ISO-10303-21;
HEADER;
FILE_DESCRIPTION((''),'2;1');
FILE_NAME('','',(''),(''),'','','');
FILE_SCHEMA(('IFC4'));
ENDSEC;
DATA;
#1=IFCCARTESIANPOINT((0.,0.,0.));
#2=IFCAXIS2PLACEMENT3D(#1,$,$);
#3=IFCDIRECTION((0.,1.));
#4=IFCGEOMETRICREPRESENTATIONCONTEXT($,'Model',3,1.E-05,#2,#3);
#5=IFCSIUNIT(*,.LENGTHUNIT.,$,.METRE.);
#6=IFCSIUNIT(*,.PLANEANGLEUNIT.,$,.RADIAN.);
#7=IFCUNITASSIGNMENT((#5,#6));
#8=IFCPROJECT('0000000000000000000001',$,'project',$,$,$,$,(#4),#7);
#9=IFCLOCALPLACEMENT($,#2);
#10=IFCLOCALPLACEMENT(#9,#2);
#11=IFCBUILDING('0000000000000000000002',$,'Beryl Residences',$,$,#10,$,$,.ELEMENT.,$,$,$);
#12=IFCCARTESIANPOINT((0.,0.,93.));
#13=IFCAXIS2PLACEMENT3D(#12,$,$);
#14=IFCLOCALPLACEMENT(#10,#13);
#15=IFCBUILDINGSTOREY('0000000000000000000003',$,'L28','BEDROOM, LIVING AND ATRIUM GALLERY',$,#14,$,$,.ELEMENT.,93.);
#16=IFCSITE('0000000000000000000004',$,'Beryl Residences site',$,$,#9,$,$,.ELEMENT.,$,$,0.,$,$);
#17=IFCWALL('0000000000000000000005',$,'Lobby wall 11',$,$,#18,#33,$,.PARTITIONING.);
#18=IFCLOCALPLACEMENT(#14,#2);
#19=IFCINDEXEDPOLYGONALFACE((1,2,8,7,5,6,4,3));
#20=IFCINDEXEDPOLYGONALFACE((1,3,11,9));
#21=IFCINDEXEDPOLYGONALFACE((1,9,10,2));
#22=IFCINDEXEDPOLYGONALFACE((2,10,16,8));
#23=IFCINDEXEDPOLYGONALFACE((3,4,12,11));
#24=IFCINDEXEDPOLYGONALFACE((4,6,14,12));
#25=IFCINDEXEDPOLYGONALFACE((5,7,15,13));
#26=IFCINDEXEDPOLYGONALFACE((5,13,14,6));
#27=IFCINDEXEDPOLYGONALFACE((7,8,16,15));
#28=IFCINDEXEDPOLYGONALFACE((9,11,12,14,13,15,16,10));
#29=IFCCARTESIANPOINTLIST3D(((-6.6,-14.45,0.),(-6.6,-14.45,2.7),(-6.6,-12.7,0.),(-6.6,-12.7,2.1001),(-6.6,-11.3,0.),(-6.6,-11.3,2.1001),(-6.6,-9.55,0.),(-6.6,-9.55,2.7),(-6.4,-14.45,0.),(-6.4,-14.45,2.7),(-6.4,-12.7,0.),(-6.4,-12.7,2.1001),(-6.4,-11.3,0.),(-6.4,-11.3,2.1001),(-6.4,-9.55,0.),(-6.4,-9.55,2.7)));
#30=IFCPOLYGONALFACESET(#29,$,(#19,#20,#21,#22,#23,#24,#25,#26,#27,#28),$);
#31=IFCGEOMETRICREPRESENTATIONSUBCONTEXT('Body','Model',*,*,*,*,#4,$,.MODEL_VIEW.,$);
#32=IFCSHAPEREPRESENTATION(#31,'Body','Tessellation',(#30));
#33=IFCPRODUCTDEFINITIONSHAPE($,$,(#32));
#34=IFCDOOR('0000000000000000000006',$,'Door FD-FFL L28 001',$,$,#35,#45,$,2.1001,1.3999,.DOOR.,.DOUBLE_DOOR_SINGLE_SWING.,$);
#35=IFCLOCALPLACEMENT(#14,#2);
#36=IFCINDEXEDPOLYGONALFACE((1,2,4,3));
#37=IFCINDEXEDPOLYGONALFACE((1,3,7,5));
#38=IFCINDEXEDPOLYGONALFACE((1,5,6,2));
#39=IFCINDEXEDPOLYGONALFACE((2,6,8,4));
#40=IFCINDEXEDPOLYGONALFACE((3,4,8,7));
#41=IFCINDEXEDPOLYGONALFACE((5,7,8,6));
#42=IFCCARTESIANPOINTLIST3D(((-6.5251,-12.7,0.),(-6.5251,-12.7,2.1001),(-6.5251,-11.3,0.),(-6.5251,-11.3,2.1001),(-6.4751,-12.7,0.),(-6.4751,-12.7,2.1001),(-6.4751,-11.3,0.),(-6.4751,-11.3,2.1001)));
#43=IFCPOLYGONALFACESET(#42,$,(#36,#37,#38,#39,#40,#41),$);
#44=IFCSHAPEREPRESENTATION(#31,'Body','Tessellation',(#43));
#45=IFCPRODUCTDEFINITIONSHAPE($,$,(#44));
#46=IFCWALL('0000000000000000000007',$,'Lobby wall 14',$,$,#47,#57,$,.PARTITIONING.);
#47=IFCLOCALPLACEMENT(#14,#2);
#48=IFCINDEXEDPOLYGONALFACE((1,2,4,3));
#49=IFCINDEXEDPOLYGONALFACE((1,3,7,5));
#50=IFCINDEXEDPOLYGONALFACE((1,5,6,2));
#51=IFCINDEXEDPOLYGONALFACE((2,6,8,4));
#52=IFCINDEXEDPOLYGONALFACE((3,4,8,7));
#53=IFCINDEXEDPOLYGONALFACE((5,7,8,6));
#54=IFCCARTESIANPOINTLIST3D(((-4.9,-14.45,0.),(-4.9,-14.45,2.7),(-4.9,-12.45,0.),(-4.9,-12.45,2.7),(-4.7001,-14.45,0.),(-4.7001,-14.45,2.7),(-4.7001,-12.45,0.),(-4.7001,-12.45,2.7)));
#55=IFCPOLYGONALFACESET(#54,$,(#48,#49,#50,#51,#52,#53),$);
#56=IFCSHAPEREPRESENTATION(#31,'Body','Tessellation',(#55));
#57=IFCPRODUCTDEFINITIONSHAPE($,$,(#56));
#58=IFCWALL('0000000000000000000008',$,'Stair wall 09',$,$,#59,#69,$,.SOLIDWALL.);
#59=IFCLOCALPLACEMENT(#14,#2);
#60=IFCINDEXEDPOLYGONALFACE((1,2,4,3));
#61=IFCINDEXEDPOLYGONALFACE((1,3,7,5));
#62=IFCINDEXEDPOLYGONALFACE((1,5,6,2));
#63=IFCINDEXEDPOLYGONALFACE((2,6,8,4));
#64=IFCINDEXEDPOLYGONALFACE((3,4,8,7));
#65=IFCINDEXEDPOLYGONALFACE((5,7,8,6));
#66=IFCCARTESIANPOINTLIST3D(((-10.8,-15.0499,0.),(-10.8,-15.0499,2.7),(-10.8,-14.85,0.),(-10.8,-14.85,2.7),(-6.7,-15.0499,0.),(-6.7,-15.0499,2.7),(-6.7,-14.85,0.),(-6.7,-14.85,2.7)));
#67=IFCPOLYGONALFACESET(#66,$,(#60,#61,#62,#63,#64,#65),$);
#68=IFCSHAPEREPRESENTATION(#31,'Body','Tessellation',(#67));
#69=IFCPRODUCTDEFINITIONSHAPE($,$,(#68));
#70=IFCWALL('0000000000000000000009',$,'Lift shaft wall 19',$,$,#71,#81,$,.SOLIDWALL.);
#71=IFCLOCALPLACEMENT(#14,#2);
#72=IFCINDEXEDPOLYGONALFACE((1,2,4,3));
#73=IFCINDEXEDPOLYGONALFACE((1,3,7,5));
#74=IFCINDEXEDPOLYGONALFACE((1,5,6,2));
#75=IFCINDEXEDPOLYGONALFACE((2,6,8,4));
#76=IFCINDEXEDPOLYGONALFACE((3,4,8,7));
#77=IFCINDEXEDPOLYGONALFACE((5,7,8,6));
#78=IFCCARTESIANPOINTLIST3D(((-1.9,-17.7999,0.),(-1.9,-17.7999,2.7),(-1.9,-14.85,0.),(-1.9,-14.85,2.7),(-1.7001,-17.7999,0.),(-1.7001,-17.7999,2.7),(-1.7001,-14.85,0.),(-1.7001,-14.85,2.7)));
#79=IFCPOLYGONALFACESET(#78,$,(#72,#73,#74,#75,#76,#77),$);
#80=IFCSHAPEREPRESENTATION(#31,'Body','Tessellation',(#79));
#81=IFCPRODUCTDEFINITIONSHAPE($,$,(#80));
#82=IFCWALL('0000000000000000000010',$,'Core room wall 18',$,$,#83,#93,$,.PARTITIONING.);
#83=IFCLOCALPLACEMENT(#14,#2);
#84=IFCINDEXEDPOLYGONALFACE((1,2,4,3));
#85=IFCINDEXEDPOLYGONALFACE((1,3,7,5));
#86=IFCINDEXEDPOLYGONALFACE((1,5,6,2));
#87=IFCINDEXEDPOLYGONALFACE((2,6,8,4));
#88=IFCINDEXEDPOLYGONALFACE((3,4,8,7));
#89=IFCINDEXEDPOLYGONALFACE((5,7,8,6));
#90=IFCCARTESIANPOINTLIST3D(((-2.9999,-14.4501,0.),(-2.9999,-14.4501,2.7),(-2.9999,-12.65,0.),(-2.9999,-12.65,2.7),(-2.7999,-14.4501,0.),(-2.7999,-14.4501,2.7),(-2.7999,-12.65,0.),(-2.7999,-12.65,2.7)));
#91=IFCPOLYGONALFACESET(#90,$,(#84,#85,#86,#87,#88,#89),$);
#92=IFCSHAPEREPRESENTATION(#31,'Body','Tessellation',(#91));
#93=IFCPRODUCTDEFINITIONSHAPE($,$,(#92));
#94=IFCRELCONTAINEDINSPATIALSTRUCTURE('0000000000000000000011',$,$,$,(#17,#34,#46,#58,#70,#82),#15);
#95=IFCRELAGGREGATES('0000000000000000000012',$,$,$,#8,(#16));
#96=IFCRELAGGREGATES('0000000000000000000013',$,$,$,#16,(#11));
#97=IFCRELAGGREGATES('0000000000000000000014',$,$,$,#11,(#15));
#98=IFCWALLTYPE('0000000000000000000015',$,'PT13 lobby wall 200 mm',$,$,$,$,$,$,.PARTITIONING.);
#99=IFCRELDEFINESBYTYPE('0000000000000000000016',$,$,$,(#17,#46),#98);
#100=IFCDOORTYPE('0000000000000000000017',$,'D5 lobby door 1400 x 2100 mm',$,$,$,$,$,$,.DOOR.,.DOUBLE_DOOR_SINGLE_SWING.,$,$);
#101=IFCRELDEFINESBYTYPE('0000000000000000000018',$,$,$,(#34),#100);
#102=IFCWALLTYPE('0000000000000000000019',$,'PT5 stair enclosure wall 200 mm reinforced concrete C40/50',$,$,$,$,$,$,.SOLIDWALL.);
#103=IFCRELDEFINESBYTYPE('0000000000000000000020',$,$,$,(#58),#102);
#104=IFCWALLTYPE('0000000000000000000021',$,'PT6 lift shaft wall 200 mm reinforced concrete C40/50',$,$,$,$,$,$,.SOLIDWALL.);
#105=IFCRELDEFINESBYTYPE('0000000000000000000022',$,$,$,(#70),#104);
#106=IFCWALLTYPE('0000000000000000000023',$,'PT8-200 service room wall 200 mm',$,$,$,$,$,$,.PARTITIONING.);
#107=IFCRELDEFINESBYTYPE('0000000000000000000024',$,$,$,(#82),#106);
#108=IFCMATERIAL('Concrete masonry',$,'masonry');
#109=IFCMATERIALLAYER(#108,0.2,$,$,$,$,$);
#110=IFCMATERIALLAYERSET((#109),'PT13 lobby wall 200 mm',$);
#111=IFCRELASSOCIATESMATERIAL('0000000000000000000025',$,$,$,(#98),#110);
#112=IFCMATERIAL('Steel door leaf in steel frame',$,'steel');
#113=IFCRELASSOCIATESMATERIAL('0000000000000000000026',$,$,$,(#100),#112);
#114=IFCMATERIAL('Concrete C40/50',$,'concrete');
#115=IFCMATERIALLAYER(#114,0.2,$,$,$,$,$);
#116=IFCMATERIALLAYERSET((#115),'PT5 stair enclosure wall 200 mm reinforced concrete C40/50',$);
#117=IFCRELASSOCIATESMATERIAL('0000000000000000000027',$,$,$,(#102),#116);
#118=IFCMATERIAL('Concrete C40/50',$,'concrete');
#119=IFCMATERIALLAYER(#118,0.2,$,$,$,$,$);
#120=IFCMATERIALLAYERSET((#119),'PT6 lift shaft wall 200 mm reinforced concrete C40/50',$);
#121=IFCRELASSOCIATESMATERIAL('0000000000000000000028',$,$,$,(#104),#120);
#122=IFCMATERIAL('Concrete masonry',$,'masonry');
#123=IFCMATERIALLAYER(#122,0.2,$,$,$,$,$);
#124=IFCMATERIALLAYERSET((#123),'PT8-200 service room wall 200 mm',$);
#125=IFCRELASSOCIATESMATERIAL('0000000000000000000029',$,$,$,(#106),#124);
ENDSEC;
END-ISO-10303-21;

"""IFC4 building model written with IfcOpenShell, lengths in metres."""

from ifc_helpers import new_model, si_unit, direction, frame, frame_2d, origin, place, context, subcontext, project, spatial, rectangle, extrude, material, layer, layer_set, type_object, element, fill, save


model = new_model("IFC4")

# Units and contexts
model_context = context("Model", 3, precision=1e-05, world=origin(), true_north=direction((0.0, 1.0)))
body_context = subcontext(model_context, "Body", "Model", "MODEL_VIEW")
ifc_project = project(units=[si_unit("LENGTHUNIT", "METRE"), si_unit("PLANEANGLEUNIT", "RADIAN")], contexts=[model_context])

# Site, building, storey
site_placement = place(None, origin())
site = spatial("IfcSite", under=ifc_project, at=site_placement, Name="Beryl Residences site", CompositionType="ELEMENT", RefElevation=0.0)
building_placement = place(site_placement, origin())
building = spatial("IfcBuilding", under=site, at=building_placement, Name="Beryl Residences", CompositionType="ELEMENT")
storey_placement = place(building_placement, frame((0.0, 0.0, 93.0)))
storey = spatial("IfcBuildingStorey", under=building, at=storey_placement, Name="L28", Description="BEDROOM, LIVING AND ATRIUM GALLERY", CompositionType="ELEMENT", Elevation=93.0)

# Wall, opening, door
ifc_material_1 = material(Name="Concrete masonry", Category="masonry")
ifc_layer_1 = layer(ifc_material_1, 0.2)
ifc_layer_set_1 = layer_set([ifc_layer_1], Name="PT13 lobby wall 200 mm")
wall_type_1 = type_object("IfcWallType", Name="PT13 lobby wall 200 mm", PredefinedType="PARTITIONING", material=ifc_layer_set_1)
wall_1_placement = place(storey_placement, frame((-6.5, -14.45, 0.0), z_axis=(0.0, 0.0, 1.0), x_axis=(0.0, 1.0, 0.0)))
wall_1 = element("IfcWall", 1, at=wall_1_placement, inside=storey, type_object=wall_type_1, Name="Lobby wall 11", PredefinedType="PARTITIONING", context=body_context, shape_type="SweptSolid", body=[
    extrude(rectangle(XDim=4.8999, YDim=0.2, at=frame_2d((2.45, 0.0))), origin(), (0.0, 0.0, 1.0), 2.7),
])
opening_1_placement = place(wall_1_placement, frame((3.1499, 0.0, 0.0), z_axis=(0.0, 0.0, 1.0), x_axis=(-1.0, 0.0, 0.0)))
opening_1 = element("IfcOpeningElement", 2, at=opening_1_placement, cuts=wall_1, PredefinedType="OPENING", context=body_context, shape_type="SweptSolid", body=[
    extrude(rectangle(XDim=1.3999, YDim=2.1001, at=frame_2d((0.7, 1.05))), frame((0.0, 0.1099, 0.0), z_axis=(0.0, -1.0, 0.0), x_axis=(1.0, 0.0, 0.0)), (0.0, 0.0, 1.0), 0.22),
])
ifc_material_2 = material(Name="Steel door leaf in steel frame", Category="steel")
door_type_1 = type_object("IfcDoorType", Name="D5 lobby door 1400 x 2100 mm", OperationType="DOUBLE_DOOR_SINGLE_SWING", PredefinedType="DOOR", material=ifc_material_2)
door_1_placement = place(opening_1_placement, origin())
door_1 = element("IfcDoor", 3, at=door_1_placement, inside=storey, type_object=door_type_1, Name="Door FD-FFL L28 001", OperationType="DOUBLE_DOOR_SINGLE_SWING", OverallHeight=2.1001, OverallWidth=1.3999, PredefinedType="DOOR", context=body_context, shape_type="SweptSolid", body=[
    extrude(rectangle(XDim=1.3999, YDim=2.1001, at=frame_2d((0.7, 1.05))), frame((0.0, 0.0249, 0.0), z_axis=(0.0, -1.0, 0.0), x_axis=(1.0, 0.0, 0.0)), (0.0, 0.0, 1.0), 0.05),
])
fill(opening_1, door_1)

# Walls
wall_2_placement = place(storey_placement, frame((-4.8, -14.45, 0.0), z_axis=(0.0, 0.0, 1.0), x_axis=(0.0, 1.0, 0.0)))
element("IfcWall", 4, at=wall_2_placement, inside=storey, type_object=wall_type_1, Name="Lobby wall 14", PredefinedType="PARTITIONING", context=body_context, shape_type="SweptSolid", body=[
    extrude(rectangle(XDim=2.0, YDim=0.2, at=frame_2d((1.0, 0.0))), origin(), (0.0, 0.0, 1.0), 2.7),
])
ifc_material_3 = material(Name="Concrete C40/50", Category="concrete")
ifc_layer_2 = layer(ifc_material_3, 0.2)
ifc_layer_set_2 = layer_set([ifc_layer_2], Name="PT5 stair enclosure wall 200 mm reinforced concrete C40/50")
wall_type_2 = type_object("IfcWallType", Name="PT5 stair enclosure wall 200 mm reinforced concrete C40/50", PredefinedType="SOLIDWALL", material=ifc_layer_set_2)
wall_3_placement = place(storey_placement, frame((-10.8, -14.95, 0.0), z_axis=(0.0, 0.0, 1.0), x_axis=(1.0, 0.0, 0.0)))
element("IfcWall", 5, at=wall_3_placement, inside=storey, type_object=wall_type_2, Name="Stair wall 09", PredefinedType="SOLIDWALL", context=body_context, shape_type="SweptSolid", body=[
    extrude(rectangle(XDim=4.1001, YDim=0.2, at=frame_2d((2.05, 0.0))), origin(), (0.0, 0.0, 1.0), 2.7),
])
ifc_material_4 = material(Name="Concrete C40/50", Category="concrete")
ifc_layer_3 = layer(ifc_material_4, 0.2)
ifc_layer_set_3 = layer_set([ifc_layer_3], Name="PT6 lift shaft wall 200 mm reinforced concrete C40/50")
wall_type_3 = type_object("IfcWallType", Name="PT6 lift shaft wall 200 mm reinforced concrete C40/50", PredefinedType="SOLIDWALL", material=ifc_layer_set_3)
wall_4_placement = place(storey_placement, frame((-1.8, -17.8, 0.0), z_axis=(0.0, 0.0, 1.0), x_axis=(0.0, 1.0, 0.0)))
element("IfcWall", 6, at=wall_4_placement, inside=storey, type_object=wall_type_3, Name="Lift shaft wall 19", PredefinedType="SOLIDWALL", context=body_context, shape_type="SweptSolid", body=[
    extrude(rectangle(XDim=2.95, YDim=0.2, at=frame_2d((1.4751, 0.0))), origin(), (0.0, 0.0, 1.0), 2.7),
])
ifc_material_5 = material(Name="Concrete masonry", Category="masonry")
ifc_layer_4 = layer(ifc_material_5, 0.2)
ifc_layer_set_4 = layer_set([ifc_layer_4], Name="PT8-200 service room wall 200 mm")
wall_type_4 = type_object("IfcWallType", Name="PT8-200 service room wall 200 mm", PredefinedType="PARTITIONING", material=ifc_layer_set_4)
wall_5_placement = place(storey_placement, frame((-2.8999, -14.45, 0.0), z_axis=(0.0, 0.0, 1.0), x_axis=(0.0, 1.0, 0.0)))
element("IfcWall", 7, at=wall_5_placement, inside=storey, type_object=wall_type_4, Name="Core room wall 18", PredefinedType="PARTITIONING", context=body_context, shape_type="SweptSolid", body=[
    extrude(rectangle(XDim=1.8, YDim=0.2, at=frame_2d((0.8999, 0.0))), origin(), (0.0, 0.0, 1.0), 2.7),
])

save(model, "model.ifc")
